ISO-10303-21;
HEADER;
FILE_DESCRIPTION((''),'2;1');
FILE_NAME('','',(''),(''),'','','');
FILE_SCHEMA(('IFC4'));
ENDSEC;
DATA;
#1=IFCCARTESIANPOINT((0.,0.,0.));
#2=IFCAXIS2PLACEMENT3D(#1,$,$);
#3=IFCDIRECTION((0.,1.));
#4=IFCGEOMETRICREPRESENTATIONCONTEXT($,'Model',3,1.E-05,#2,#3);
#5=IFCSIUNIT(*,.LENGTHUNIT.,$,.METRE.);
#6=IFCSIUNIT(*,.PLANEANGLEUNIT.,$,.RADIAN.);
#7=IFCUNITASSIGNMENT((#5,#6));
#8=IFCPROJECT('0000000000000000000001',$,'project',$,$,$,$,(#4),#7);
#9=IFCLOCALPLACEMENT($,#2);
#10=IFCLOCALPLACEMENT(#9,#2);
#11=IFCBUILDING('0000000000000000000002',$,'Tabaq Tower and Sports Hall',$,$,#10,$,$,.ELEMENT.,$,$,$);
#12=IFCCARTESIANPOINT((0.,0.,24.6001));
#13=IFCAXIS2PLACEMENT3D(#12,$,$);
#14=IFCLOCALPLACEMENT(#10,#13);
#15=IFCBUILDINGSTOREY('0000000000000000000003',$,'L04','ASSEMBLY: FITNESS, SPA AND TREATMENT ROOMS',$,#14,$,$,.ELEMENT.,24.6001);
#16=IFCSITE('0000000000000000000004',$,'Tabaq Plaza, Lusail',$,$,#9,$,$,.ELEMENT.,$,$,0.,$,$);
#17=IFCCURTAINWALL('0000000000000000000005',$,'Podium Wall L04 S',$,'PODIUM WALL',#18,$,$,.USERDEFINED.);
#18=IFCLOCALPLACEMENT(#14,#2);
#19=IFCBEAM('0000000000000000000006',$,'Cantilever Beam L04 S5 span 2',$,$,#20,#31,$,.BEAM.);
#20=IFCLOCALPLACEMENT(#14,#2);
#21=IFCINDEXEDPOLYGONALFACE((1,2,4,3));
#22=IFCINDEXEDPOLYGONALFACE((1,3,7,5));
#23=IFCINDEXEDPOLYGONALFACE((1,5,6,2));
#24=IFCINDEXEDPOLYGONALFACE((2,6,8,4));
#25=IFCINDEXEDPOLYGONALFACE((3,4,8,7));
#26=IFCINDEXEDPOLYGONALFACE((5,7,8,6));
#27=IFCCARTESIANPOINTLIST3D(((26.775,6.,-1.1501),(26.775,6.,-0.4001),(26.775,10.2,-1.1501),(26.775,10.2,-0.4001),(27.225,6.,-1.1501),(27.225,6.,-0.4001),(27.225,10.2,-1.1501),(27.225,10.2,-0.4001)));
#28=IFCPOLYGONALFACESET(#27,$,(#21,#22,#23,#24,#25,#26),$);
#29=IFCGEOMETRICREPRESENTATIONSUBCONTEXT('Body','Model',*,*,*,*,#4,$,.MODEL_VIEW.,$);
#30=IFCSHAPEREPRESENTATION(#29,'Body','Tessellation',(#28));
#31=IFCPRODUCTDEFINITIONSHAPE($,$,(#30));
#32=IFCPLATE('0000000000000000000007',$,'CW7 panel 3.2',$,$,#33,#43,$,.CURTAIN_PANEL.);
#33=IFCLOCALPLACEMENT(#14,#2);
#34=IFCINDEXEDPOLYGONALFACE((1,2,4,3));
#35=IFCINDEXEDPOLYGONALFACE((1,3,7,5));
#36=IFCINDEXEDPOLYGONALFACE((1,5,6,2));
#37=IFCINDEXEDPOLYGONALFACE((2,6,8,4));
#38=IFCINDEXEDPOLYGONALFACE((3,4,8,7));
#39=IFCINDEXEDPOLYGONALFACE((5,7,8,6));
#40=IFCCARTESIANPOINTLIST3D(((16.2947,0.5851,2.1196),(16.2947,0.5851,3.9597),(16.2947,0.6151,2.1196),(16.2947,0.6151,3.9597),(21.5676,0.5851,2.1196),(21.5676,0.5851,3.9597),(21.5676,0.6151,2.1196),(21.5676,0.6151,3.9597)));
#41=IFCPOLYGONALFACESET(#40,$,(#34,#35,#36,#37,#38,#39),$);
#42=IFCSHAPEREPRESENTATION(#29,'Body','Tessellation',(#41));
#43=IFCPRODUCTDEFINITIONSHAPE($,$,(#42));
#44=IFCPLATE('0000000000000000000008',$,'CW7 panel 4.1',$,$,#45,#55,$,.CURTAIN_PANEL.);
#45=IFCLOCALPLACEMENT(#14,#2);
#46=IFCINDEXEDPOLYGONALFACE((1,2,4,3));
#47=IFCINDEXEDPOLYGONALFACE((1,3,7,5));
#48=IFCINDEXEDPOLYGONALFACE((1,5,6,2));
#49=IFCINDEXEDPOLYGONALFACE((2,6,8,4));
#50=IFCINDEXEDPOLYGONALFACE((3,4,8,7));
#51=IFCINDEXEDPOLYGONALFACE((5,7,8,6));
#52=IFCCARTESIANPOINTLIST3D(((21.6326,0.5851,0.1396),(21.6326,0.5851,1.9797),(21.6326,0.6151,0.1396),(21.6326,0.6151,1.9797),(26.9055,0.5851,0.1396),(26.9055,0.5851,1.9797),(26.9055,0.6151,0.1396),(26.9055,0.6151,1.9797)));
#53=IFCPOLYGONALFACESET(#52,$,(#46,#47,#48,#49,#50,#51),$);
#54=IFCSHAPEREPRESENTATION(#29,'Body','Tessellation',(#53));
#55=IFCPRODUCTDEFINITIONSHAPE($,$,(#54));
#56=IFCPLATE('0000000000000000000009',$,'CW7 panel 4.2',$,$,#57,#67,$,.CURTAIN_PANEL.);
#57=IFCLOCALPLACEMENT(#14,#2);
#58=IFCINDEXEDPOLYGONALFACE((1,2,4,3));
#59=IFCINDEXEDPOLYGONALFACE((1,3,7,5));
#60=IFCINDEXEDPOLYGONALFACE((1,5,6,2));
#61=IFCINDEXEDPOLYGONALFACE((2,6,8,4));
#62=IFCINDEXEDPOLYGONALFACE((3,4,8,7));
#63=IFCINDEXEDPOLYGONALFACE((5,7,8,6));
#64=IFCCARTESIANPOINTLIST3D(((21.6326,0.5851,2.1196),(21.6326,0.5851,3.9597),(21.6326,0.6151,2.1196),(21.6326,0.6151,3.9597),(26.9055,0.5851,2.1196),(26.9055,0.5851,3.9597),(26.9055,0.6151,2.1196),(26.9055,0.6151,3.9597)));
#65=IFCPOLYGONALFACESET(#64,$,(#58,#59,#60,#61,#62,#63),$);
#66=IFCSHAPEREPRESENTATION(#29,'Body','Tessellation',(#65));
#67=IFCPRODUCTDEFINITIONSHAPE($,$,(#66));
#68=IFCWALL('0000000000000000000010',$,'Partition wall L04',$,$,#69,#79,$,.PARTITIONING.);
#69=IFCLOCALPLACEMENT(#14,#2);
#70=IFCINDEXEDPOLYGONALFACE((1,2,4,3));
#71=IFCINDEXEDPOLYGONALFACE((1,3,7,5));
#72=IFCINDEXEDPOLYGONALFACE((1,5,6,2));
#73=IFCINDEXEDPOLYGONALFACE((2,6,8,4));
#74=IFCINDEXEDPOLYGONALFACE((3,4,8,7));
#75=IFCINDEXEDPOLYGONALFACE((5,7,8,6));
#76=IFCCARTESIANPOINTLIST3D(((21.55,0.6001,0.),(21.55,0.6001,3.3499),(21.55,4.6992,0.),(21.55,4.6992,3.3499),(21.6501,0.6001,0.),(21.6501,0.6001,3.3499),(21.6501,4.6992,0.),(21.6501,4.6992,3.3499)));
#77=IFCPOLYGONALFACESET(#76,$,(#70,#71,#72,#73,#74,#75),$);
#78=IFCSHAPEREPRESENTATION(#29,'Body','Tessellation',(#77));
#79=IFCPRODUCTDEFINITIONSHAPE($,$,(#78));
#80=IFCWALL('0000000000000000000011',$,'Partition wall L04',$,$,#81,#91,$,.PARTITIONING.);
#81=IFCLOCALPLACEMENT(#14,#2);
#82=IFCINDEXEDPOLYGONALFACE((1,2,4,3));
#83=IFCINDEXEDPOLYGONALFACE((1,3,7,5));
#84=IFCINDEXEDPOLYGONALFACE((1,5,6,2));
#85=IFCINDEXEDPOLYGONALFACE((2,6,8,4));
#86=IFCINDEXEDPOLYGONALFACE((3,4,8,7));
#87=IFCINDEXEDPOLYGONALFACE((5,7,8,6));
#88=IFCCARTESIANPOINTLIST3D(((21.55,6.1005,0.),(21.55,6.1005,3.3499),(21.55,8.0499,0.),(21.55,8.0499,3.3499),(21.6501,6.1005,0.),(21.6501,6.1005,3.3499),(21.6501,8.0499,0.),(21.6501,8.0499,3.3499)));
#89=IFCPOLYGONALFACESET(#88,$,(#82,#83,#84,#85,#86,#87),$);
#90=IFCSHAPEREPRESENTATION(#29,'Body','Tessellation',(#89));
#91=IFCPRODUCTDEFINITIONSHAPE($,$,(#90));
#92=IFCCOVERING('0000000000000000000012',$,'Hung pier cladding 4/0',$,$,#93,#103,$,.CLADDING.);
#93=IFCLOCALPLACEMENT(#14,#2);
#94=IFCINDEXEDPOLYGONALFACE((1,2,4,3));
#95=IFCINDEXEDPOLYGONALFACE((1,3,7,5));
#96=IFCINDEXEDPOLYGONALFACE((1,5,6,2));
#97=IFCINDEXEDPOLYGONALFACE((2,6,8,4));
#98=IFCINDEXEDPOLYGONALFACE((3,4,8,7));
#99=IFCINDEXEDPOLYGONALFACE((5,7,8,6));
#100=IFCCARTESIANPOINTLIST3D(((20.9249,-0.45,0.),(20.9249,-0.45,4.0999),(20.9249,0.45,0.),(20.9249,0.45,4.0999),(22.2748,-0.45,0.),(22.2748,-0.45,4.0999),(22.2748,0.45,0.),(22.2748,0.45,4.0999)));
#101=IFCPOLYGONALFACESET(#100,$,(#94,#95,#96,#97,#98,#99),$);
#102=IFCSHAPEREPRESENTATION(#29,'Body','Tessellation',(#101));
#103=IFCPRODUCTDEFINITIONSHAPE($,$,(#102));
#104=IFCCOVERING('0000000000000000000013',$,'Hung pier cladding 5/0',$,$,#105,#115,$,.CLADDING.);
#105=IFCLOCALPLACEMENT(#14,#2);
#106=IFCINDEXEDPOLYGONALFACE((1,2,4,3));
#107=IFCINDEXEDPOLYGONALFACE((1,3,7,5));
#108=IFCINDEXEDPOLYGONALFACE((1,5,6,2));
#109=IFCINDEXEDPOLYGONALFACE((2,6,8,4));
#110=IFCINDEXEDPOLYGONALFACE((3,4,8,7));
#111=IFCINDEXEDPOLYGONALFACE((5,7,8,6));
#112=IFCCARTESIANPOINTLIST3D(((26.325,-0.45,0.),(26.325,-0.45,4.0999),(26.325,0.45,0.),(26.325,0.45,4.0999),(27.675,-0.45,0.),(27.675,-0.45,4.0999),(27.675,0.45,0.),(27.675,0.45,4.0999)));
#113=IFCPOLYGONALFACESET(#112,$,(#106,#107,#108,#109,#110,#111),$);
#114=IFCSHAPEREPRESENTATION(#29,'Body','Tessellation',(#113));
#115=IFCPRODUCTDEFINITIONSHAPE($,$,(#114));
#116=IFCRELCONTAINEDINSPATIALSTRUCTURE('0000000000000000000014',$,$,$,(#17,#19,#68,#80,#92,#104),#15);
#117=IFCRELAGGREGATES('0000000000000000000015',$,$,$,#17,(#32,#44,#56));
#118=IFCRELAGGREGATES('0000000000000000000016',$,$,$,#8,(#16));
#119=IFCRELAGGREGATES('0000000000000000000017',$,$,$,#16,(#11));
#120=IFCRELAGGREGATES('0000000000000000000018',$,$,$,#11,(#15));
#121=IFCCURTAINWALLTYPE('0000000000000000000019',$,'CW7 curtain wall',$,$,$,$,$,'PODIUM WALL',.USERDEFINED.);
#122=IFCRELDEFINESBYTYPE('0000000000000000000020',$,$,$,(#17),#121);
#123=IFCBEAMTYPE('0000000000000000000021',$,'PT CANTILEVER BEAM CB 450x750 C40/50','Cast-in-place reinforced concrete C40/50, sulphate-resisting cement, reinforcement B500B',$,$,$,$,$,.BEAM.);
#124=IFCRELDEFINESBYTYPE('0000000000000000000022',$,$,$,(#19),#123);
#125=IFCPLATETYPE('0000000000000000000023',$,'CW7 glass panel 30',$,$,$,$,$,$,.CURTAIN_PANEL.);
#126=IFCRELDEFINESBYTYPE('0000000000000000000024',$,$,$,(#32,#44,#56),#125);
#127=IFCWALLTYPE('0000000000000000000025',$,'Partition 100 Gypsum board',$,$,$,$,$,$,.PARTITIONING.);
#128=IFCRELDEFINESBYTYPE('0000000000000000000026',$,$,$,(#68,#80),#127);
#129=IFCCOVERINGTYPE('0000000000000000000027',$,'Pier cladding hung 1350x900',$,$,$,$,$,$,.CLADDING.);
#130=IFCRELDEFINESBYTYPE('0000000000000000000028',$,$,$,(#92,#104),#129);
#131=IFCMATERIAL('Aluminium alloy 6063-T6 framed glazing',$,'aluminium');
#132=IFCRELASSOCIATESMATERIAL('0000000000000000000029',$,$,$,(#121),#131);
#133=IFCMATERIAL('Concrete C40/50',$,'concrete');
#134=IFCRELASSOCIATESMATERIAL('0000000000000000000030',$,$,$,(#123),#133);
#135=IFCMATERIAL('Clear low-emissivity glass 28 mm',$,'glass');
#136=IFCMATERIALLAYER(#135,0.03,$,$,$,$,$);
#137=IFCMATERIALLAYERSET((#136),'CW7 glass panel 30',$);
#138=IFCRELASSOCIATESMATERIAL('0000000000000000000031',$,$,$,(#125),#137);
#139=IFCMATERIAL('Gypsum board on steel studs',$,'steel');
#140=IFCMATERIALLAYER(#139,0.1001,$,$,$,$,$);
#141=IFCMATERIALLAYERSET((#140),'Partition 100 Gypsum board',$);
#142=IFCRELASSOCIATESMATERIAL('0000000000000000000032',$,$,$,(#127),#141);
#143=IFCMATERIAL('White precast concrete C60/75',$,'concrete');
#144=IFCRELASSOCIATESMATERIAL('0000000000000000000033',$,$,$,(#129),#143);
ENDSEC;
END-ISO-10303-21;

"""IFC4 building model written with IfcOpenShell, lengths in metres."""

from ifc_helpers import new_model, si_unit, direction, frame, frame_2d, origin, origin_2d, place, context, subcontext, project, spatial, rectangle, extrude, material, layer, layer_set, material_profile, profile_set, type_object, element, aggregate, save


model = new_model("IFC4")

# Units and contexts
model_context = context("Model", 3, precision=1e-05, world=origin(), true_north=direction((0.0, 1.0)))
body_context = subcontext(model_context, "Body", "Model", "MODEL_VIEW")
ifc_project = project(units=[si_unit("LENGTHUNIT", "METRE"), si_unit("PLANEANGLEUNIT", "RADIAN")], contexts=[model_context])

# Site, building, storey
site_placement = place(None, origin())
site = spatial("IfcSite", under=ifc_project, at=site_placement, Name="Tabaq Plaza, Lusail", CompositionType="ELEMENT", RefElevation=0.0)
building_placement = place(site_placement, origin())
building = spatial("IfcBuilding", under=site, at=building_placement, Name="Tabaq Tower and Sports Hall", CompositionType="ELEMENT")
storey_placement = place(building_placement, frame((0.0, 0.0, 24.6001)))
storey = spatial("IfcBuildingStorey", under=building, at=storey_placement, Name="L04", Description="ASSEMBLY: FITNESS, SPA AND TREATMENT ROOMS", CompositionType="ELEMENT", Elevation=24.6001)

# Curtain wall
ifc_material_1 = material(Name="Aluminium alloy 6063-T6 framed glazing", Category="aluminium")
curtain_wall_type = type_object("IfcCurtainWallType", Name="CW7 curtain wall", ElementType="PODIUM WALL", PredefinedType="USERDEFINED", material=ifc_material_1)
curtain_wall_placement = place(storey_placement, origin())
curtain_wall = element("IfcCurtainWall", 1, at=curtain_wall_placement, inside=storey, type_object=curtain_wall_type, Name="Podium Wall L04 S", ObjectType="PODIUM WALL", PredefinedType="USERDEFINED")

# Beam
ifc_material_2 = material(Name="Concrete C40/50", Category="concrete")
ifc_material_profile_1 = material_profile(ifc_material_2, rectangle(XDim=0.45, YDim=0.75, at=origin_2d()), Name="CB 450x750")
ifc_profile_set_1 = profile_set([ifc_material_profile_1], Name="Concrete C40/50")
beam_type = type_object("IfcBeamType", Name="PT CANTILEVER BEAM CB 450x750 C40/50", Description="Cast-in-place reinforced concrete C40/50, sulphate-resisting cement, reinforcement B500B", PredefinedType="BEAM", material=ifc_profile_set_1)
beam_1_placement = place(storey_placement, frame((27.0, 6.0, -0.7751), z_axis=(0.0, 1.0, 0.0), x_axis=(-1.0, 0.0, 0.0)))
element("IfcBeam", 2, at=beam_1_placement, inside=storey, type_object=beam_type, Name="Cantilever Beam L04 S5 span 2", PredefinedType="BEAM", context=body_context, shape_type="SweptSolid", body=[
    extrude(rectangle(XDim=0.45, YDim=0.75, at=origin_2d()), origin(), (0.0, 0.0, 1.0), 4.2),
])

# Plates
ifc_material_3 = material(Name="Clear low-emissivity glass 28 mm", Category="glass")
ifc_layer_1 = layer(ifc_material_3, 0.03)
ifc_layer_set_1 = layer_set([ifc_layer_1], Name="CW7 glass panel 30")
plate_type = type_object("IfcPlateType", Name="CW7 glass panel 30", PredefinedType="CURTAIN_PANEL", material=ifc_layer_set_1)
plate_1_placement = place(storey_placement, frame((18.9312, 0.6001, 2.1196), z_axis=(0.0, 0.0, 1.0), x_axis=(1.0, 0.0, 0.0)))
plate_1 = element("IfcPlate", 3, at=plate_1_placement, type_object=plate_type, Name="CW7 panel 3.2", PredefinedType="CURTAIN_PANEL", context=body_context, shape_type="SweptSolid", body=[
    extrude(rectangle(XDim=5.2729, YDim=0.03, at=origin_2d()), origin(), (0.0, 0.0, 1.0), 1.8401),
])
plate_2_placement = place(storey_placement, frame((24.269, 0.6001, 0.1396), z_axis=(0.0, 0.0, 1.0), x_axis=(1.0, 0.0, 0.0)))
plate_2 = element("IfcPlate", 4, at=plate_2_placement, type_object=plate_type, Name="CW7 panel 4.1", PredefinedType="CURTAIN_PANEL", context=body_context, shape_type="SweptSolid", body=[
    extrude(rectangle(XDim=5.2729, YDim=0.03, at=origin_2d()), origin(), (0.0, 0.0, 1.0), 1.8401),
])
plate_3_placement = place(storey_placement, frame((24.269, 0.6001, 2.1196), z_axis=(0.0, 0.0, 1.0), x_axis=(1.0, 0.0, 0.0)))
plate_3 = element("IfcPlate", 5, at=plate_3_placement, type_object=plate_type, Name="CW7 panel 4.2", PredefinedType="CURTAIN_PANEL", context=body_context, shape_type="SweptSolid", body=[
    extrude(rectangle(XDim=5.2729, YDim=0.03, at=origin_2d()), origin(), (0.0, 0.0, 1.0), 1.8401),
])
aggregate(curtain_wall, [plate_1, plate_2, plate_3])

# Walls
ifc_material_4 = material(Name="Gypsum board on steel studs", Category="steel")
ifc_layer_2 = layer(ifc_material_4, 0.1001)
ifc_layer_set_2 = layer_set([ifc_layer_2], Name="Partition 100 Gypsum board")
wall_type = type_object("IfcWallType", Name="Partition 100 Gypsum board", PredefinedType="PARTITIONING", material=ifc_layer_set_2)
wall_1_placement = place(storey_placement, frame((21.6001, 0.6001, 0.0), z_axis=(0.0, 0.0, 1.0), x_axis=(0.0, 1.0, 0.0)))
element("IfcWall", 6, at=wall_1_placement, inside=storey, type_object=wall_type, Name="Partition wall L04", PredefinedType="PARTITIONING", context=body_context, shape_type="SweptSolid", body=[
    extrude(rectangle(XDim=4.0991, YDim=0.1001, at=frame_2d((2.0496, 0.0))), origin(), (0.0, 0.0, 1.0), 3.3499),
])
wall_2_placement = place(storey_placement, frame((21.6001, 6.1006, 0.0), z_axis=(0.0, 0.0, 1.0), x_axis=(0.0, 1.0, 0.0)))
element("IfcWall", 7, at=wall_2_placement, inside=storey, type_object=wall_type, Name="Partition wall L04", PredefinedType="PARTITIONING", context=body_context, shape_type="SweptSolid", body=[
    extrude(rectangle(XDim=1.9495, YDim=0.1001, at=frame_2d((0.9746, 0.0))), origin(), (0.0, 0.0, 1.0), 3.3499),
])

# Coverings
ifc_material_5 = material(Name="White precast concrete C60/75", Category="concrete")
covering_type = type_object("IfcCoveringType", Name="Pier cladding hung 1350x900", PredefinedType="CLADDING", material=ifc_material_5)
covering_1_placement = place(storey_placement, frame((20.925, 0.0, 0.0), z_axis=(0.0, 0.0, 1.0), x_axis=(1.0, 0.0, 0.0)))
element("IfcCovering", 8, at=covering_1_placement, inside=storey, type_object=covering_type, Name="Hung pier cladding 4/0", PredefinedType="CLADDING", context=body_context, shape_type="SweptSolid", body=[
    extrude(rectangle(XDim=1.3499, YDim=0.8999, at=frame_2d((0.6748, 0.0))), origin(), (0.0, 0.0, 1.0), 4.0999),
])
covering_2_placement = place(storey_placement, frame((26.325, 0.0, 0.0), z_axis=(0.0, 0.0, 1.0), x_axis=(1.0, 0.0, 0.0)))
element("IfcCovering", 9, at=covering_2_placement, inside=storey, type_object=covering_type, Name="Hung pier cladding 5/0", PredefinedType="CLADDING", context=body_context, shape_type="SweptSolid", body=[
    extrude(rectangle(XDim=1.3501, YDim=0.8999, at=frame_2d((0.675, 0.0))), origin(), (0.0, 0.0, 1.0), 4.0999),
])

save(model, "model.ifc")
